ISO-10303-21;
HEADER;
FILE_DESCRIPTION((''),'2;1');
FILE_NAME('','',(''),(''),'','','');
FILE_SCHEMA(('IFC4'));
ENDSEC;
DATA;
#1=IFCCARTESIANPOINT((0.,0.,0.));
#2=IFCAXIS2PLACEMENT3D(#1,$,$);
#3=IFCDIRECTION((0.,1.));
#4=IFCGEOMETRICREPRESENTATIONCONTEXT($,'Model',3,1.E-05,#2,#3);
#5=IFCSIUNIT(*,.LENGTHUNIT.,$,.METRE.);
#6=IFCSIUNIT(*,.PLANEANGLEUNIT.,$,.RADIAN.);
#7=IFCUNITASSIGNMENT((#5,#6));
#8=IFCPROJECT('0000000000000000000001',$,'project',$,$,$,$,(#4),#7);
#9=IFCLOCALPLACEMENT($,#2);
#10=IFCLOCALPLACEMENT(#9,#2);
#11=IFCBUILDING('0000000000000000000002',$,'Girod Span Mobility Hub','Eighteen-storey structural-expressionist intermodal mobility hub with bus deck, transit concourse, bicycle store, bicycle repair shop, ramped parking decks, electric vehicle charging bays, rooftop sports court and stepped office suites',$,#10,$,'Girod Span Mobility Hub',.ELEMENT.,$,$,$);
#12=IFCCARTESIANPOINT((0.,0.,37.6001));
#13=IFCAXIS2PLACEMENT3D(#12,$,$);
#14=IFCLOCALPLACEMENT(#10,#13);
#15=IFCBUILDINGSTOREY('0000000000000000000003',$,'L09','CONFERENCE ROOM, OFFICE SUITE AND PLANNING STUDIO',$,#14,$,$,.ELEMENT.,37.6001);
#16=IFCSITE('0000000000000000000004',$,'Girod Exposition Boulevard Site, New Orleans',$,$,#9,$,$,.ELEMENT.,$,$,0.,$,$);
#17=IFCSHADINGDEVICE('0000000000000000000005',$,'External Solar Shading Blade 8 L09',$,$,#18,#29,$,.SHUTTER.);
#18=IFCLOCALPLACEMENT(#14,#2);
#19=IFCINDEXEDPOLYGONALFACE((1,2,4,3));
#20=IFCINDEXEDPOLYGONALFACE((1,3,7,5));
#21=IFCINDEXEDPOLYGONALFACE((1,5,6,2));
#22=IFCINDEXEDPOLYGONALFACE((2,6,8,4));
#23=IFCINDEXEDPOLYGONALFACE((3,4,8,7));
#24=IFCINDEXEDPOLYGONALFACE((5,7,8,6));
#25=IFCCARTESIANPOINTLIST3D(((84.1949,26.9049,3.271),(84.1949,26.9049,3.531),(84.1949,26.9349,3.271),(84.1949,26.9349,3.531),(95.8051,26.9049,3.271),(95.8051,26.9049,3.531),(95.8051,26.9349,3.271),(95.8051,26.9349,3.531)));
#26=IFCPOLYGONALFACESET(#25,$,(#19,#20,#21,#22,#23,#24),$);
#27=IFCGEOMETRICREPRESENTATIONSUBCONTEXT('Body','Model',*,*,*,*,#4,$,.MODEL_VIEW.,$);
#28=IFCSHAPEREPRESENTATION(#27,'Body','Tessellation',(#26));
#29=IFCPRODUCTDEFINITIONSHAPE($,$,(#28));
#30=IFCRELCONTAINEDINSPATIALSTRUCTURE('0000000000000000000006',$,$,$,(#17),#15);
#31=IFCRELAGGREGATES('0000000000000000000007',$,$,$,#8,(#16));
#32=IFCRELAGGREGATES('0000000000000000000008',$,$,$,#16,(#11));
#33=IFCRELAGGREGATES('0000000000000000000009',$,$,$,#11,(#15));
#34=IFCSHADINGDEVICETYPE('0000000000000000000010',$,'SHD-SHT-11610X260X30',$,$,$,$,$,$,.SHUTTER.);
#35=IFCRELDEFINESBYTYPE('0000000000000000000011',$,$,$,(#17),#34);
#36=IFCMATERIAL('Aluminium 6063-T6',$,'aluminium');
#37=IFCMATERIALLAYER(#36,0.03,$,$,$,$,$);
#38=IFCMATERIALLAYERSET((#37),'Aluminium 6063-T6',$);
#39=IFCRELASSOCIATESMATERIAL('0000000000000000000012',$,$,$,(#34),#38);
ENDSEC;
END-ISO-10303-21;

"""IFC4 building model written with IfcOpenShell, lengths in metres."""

from ifc_helpers import new_model, si_unit, direction, frame, origin, origin_2d, place, context, subcontext, project, spatial, rectangle, extrude, material, layer, layer_set, type_object, element, save


model = new_model("IFC4")

# Units and contexts
model_context = context("Model", 3, precision=1e-05, world=origin(), true_north=direction((0.0, 1.0)))
body_context = subcontext(model_context, "Body", "Model", "MODEL_VIEW")
ifc_project = project(units=[si_unit("LENGTHUNIT", "METRE"), si_unit("PLANEANGLEUNIT", "RADIAN")], contexts=[model_context])

# Site, building, storey
site_placement = place(None, origin())
site = spatial("IfcSite", under=ifc_project, at=site_placement, Name="Girod Exposition Boulevard Site, New Orleans", CompositionType="ELEMENT", RefElevation=0.0)
building_placement = place(site_placement, origin())
building = spatial("IfcBuilding", under=site, at=building_placement, Name="Girod Span Mobility Hub", Description="Eighteen-storey structural-expressionist intermodal mobility hub with bus deck, transit concourse, bicycle store, bicycle repair shop, ramped parking decks, electric vehicle charging bays, rooftop sports court and stepped office suites", LongName="Girod Span Mobility Hub", CompositionType="ELEMENT")
storey_placement = place(building_placement, frame((0.0, 0.0, 37.6001)))
storey = spatial("IfcBuildingStorey", under=building, at=storey_placement, Name="L09", Description="CONFERENCE ROOM, OFFICE SUITE AND PLANNING STUDIO", CompositionType="ELEMENT", Elevation=37.6001)

# Shading device
ifc_material_1 = material(Name="Aluminium 6063-T6", Category="aluminium")
ifc_layer_1 = layer(ifc_material_1, 0.03)
ifc_layer_set_1 = layer_set([ifc_layer_1], Name="Aluminium 6063-T6")
shading_device_type = type_object("IfcShadingDeviceType", Name="SHD-SHT-11610X260X30", PredefinedType="SHUTTER", material=ifc_layer_set_1)
shading_device_placement = place(storey_placement, frame((90.0, 26.9199, 3.271), z_axis=(0.0, 0.0, 1.0), x_axis=(1.0, 0.0, 0.0)))
element("IfcShadingDevice", 1, at=shading_device_placement, inside=storey, type_object=shading_device_type, Name="External Solar Shading Blade 8 L09", PredefinedType="SHUTTER", context=body_context, shape_type="SweptSolid", body=[
    extrude(rectangle(XDim=11.6101, YDim=0.03, at=origin_2d()), origin(), (0.0, 0.0, 1.0), 0.26),
])

save(model, "model.ifc")
